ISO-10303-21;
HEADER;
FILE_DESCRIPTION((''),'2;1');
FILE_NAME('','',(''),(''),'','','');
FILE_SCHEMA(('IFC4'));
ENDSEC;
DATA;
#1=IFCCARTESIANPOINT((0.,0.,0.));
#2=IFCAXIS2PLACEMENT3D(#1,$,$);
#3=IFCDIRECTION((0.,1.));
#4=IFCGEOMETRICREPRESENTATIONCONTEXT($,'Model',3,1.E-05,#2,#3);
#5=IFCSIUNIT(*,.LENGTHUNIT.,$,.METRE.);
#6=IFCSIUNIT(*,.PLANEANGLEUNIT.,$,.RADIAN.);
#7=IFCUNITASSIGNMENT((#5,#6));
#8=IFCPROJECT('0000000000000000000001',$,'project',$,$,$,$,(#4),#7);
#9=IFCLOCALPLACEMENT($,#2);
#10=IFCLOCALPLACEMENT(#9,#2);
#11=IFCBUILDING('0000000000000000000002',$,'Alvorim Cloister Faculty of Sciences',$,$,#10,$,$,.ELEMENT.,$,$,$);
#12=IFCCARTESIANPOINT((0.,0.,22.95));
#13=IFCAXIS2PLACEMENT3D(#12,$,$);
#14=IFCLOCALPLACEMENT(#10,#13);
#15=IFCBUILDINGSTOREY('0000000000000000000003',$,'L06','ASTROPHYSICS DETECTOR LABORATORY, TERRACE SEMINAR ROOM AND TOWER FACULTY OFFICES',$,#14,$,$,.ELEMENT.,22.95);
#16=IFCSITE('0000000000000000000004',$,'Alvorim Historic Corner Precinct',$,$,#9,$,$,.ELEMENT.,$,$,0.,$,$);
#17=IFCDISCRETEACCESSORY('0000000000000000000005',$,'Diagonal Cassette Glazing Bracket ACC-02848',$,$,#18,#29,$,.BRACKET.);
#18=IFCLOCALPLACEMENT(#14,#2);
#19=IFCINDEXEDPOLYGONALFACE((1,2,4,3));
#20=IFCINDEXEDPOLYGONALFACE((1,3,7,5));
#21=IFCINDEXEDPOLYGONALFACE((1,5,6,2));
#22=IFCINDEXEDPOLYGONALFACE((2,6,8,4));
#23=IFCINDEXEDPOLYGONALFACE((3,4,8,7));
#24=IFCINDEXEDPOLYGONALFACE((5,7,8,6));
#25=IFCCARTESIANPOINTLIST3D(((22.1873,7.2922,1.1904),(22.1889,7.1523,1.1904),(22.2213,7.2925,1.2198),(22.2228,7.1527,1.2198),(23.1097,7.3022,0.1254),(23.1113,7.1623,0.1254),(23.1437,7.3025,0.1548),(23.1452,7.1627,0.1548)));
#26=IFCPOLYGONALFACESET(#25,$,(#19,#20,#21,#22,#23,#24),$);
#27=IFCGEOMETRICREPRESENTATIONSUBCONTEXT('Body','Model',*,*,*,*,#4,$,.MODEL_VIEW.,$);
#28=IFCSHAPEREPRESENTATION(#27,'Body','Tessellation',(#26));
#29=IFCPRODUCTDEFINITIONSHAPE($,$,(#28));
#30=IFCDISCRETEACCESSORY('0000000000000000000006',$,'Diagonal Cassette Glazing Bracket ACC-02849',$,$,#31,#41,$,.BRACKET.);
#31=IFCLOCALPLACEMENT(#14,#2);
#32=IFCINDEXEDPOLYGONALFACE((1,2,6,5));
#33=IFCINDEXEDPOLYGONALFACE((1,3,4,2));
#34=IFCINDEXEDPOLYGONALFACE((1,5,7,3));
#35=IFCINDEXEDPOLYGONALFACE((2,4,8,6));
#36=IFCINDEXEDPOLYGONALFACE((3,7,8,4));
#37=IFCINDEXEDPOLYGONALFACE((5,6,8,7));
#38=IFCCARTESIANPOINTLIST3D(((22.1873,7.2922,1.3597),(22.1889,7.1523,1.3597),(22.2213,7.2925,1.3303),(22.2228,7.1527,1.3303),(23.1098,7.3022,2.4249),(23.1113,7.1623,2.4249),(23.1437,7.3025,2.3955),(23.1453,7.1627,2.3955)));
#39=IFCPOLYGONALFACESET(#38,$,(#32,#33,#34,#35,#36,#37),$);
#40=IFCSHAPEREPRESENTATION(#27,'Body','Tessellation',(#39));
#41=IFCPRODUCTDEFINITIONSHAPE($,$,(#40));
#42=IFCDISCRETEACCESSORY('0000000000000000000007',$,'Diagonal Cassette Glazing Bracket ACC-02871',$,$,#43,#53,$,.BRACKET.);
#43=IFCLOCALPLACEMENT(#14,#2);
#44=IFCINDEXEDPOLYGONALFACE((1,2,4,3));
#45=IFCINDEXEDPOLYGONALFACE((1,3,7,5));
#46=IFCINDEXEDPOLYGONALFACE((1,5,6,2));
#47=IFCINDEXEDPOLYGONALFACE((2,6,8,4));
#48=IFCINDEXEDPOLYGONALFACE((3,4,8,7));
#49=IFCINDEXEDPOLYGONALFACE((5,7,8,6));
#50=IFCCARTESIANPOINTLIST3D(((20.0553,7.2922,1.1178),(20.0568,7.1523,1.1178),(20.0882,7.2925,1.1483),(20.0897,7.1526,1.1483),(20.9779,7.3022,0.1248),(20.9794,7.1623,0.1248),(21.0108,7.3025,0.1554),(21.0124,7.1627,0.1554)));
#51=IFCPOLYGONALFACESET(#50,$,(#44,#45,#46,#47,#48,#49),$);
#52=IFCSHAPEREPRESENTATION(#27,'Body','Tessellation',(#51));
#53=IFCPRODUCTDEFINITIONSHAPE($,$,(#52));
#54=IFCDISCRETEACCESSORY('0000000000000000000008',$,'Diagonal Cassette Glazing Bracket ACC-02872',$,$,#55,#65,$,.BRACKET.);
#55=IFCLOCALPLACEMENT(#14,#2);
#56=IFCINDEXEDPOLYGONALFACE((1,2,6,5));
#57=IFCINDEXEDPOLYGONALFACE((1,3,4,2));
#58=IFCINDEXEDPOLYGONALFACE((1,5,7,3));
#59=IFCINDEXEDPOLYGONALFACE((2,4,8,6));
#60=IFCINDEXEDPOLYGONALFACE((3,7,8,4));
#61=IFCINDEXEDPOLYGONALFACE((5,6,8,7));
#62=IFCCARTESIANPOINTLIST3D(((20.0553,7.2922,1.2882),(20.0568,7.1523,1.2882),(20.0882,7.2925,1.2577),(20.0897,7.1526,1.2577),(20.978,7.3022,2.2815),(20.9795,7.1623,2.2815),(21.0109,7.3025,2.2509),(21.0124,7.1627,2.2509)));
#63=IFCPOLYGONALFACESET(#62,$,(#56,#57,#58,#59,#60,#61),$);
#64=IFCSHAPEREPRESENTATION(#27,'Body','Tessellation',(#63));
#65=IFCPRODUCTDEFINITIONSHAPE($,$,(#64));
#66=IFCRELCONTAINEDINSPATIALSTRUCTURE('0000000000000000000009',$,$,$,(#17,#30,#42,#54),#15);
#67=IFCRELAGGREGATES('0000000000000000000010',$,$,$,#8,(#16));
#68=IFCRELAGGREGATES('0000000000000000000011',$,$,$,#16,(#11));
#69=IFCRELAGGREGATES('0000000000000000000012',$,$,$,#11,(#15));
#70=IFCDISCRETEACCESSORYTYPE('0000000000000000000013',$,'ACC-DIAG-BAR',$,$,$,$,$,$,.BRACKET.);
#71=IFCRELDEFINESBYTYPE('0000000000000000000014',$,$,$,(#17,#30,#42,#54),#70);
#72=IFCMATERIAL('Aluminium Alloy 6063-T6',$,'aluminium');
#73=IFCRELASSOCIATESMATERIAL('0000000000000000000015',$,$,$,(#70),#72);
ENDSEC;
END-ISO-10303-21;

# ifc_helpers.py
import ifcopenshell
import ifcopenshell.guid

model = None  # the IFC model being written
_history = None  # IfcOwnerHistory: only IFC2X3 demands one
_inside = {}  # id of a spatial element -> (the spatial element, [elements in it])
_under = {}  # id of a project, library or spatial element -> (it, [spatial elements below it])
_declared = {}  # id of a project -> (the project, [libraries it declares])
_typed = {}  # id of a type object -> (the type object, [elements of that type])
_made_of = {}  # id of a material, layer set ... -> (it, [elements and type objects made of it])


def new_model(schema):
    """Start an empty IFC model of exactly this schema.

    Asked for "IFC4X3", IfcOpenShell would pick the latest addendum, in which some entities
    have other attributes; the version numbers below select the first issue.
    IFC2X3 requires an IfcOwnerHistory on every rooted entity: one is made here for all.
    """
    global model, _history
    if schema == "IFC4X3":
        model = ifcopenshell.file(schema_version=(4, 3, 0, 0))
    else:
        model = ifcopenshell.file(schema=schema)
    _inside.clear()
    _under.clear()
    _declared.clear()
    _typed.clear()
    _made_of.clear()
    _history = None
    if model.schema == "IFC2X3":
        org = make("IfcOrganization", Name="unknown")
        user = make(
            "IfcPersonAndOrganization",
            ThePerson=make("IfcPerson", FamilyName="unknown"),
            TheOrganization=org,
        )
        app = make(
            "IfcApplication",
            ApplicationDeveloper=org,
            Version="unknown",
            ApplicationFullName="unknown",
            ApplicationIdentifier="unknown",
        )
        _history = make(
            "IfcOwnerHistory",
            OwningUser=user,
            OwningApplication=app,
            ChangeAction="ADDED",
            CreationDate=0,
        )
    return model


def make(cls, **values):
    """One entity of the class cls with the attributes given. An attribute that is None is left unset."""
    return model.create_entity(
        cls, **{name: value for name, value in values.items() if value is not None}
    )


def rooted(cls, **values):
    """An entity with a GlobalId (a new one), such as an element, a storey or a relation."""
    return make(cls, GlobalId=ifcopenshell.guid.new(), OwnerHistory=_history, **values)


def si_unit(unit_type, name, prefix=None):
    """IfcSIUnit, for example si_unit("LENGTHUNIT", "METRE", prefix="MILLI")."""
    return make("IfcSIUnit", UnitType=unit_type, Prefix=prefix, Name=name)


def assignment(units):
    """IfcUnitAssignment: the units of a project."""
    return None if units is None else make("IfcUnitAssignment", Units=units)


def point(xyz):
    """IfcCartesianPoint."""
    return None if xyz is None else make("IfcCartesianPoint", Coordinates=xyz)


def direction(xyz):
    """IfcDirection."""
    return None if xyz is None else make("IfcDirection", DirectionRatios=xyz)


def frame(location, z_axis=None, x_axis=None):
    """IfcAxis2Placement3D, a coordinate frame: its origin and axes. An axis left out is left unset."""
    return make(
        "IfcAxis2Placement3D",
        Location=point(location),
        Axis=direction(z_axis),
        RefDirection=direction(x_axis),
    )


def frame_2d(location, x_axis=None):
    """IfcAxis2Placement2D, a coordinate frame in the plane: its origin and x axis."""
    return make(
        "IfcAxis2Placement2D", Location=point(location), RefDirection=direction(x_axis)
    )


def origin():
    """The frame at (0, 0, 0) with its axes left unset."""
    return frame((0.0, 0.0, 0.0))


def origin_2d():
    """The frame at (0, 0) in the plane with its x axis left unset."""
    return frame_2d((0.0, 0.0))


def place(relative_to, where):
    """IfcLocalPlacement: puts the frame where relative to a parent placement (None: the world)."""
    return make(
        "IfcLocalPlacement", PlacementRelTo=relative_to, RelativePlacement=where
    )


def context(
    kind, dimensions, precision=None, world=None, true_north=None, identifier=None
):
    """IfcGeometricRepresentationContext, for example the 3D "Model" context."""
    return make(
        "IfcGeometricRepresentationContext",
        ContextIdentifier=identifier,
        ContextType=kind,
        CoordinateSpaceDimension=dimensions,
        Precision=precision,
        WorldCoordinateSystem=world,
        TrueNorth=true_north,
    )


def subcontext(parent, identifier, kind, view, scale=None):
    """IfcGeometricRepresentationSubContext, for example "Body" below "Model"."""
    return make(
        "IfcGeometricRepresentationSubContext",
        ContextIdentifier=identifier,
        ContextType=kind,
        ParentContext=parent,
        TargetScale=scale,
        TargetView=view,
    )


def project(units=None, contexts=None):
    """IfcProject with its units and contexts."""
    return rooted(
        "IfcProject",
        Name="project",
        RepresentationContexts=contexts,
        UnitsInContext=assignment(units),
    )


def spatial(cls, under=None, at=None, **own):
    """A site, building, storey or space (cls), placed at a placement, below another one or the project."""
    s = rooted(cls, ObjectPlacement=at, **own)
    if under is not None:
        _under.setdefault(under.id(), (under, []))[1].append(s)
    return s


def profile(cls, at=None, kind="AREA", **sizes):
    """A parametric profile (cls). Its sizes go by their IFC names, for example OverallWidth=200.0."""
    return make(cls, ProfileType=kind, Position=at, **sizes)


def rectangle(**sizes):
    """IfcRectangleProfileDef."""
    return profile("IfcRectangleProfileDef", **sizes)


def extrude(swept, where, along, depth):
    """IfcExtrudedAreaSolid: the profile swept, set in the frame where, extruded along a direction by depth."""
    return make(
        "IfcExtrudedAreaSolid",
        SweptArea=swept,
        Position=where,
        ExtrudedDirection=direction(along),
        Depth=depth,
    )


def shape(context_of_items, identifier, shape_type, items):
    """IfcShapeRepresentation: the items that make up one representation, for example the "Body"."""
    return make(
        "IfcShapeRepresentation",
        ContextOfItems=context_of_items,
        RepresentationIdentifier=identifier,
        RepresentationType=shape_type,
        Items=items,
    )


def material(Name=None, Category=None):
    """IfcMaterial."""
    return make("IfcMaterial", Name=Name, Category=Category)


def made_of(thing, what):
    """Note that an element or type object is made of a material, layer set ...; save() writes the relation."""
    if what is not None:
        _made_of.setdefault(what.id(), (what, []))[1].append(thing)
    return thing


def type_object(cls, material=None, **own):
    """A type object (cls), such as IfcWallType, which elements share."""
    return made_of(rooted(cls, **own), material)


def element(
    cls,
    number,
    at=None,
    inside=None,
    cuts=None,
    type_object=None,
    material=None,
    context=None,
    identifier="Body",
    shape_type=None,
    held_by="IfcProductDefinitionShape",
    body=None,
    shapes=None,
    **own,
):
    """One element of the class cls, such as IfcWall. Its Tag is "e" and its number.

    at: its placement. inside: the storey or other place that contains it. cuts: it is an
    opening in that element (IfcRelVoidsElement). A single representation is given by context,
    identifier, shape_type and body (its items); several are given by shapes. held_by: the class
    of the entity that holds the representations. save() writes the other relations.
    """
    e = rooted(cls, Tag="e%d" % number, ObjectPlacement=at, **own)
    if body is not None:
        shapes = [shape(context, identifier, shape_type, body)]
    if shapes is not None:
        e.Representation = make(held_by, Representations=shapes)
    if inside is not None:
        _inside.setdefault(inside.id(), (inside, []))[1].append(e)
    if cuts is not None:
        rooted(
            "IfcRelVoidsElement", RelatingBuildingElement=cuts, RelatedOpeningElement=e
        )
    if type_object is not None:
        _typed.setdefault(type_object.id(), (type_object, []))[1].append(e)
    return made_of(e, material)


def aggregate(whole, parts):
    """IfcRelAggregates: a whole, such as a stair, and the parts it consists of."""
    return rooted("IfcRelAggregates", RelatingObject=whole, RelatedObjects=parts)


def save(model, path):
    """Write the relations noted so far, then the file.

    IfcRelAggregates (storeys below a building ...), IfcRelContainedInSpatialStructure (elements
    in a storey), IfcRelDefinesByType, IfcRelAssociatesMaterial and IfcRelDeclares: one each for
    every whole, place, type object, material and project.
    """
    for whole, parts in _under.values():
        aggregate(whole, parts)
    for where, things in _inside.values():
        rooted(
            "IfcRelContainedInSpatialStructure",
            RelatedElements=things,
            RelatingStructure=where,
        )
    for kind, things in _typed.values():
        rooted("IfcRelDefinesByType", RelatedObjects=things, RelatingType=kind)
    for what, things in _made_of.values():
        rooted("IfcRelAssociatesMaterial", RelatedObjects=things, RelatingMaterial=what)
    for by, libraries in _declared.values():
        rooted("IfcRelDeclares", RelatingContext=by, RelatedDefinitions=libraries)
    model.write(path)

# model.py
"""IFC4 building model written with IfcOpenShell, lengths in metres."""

from ifc_helpers import new_model, si_unit, direction, frame, origin, origin_2d, place, context, subcontext, project, spatial, rectangle, extrude, material, type_object, element, save


model = new_model("IFC4")

# Units and contexts
model_context = context("Model", 3, precision=1e-05, world=origin(), true_north=direction((0.0, 1.0)))
body_context = subcontext(model_context, "Body", "Model", "MODEL_VIEW")
ifc_project = project(units=[si_unit("LENGTHUNIT", "METRE"), si_unit("PLANEANGLEUNIT", "RADIAN")], contexts=[model_context])

# Site, building, storey
site_placement = place(None, origin())
site = spatial("IfcSite", under=ifc_project, at=site_placement, Name="Alvorim Historic Corner Precinct", CompositionType="ELEMENT", RefElevation=0.0)
building_placement = place(site_placement, origin())
building = spatial("IfcBuilding", under=site, at=building_placement, Name="Alvorim Cloister Faculty of Sciences", CompositionType="ELEMENT")
storey_placement = place(building_placement, frame((0.0, 0.0, 22.95)))
storey = spatial("IfcBuildingStorey", under=building, at=storey_placement, Name="L06", Description="ASTROPHYSICS DETECTOR LABORATORY, TERRACE SEMINAR ROOM AND TOWER FACULTY OFFICES", CompositionType="ELEMENT", Elevation=22.95)

# Shared definitions
ifc_material_1 = material(Name="Aluminium Alloy 6063-T6", Category="aluminium")

# Discrete accessories
discrete_accessory_type = type_object("IfcDiscreteAccessoryType", Name="ACC-DIAG-BAR", PredefinedType="BRACKET", material=ifc_material_1)
discrete_accessory_1_placement = place(storey_placement, frame((22.2051, 7.2224, 1.2051), z_axis=(0.654676, 0.007105, -0.755876), x_axis=(-0.010852, 0.999941, 0.0)))
element("IfcDiscreteAccessory", 1, at=discrete_accessory_1_placement, inside=storey, type_object=discrete_accessory_type, Name="Diagonal Cassette Glazing Bracket ACC-02848", PredefinedType="BRACKET", context=body_context, shape_type="SweptSolid", body=[
    extrude(rectangle(XDim=0.1399, YDim=0.0449, at=origin_2d()), origin(), (0.0, 0.0, 1.0), 1.4089),
])
discrete_accessory_2_placement = place(storey_placement, frame((22.2051, 7.2224, 1.345), z_axis=(0.654591, 0.007104, 0.75595), x_axis=(-0.010852, 0.999941, 0.0)))
element("IfcDiscreteAccessory", 2, at=discrete_accessory_2_placement, inside=storey, type_object=discrete_accessory_type, Name="Diagonal Cassette Glazing Bracket ACC-02849", PredefinedType="BRACKET", context=body_context, shape_type="SweptSolid", body=[
    extrude(rectangle(XDim=0.1399, YDim=0.0449, at=origin_2d()), origin(), (0.0, 0.0, 1.0), 1.4092),
])
discrete_accessory_3_placement = place(storey_placement, frame((20.0725, 7.2224, 1.1331), z_axis=(0.680674, 0.007385, -0.732549), x_axis=(-0.010849, 0.999941, 0.0)))
element("IfcDiscreteAccessory", 3, at=discrete_accessory_3_placement, inside=storey, type_object=discrete_accessory_type, Name="Diagonal Cassette Glazing Bracket ACC-02871", PredefinedType="BRACKET", context=body_context, shape_type="SweptSolid", body=[
    extrude(rectangle(XDim=0.1399, YDim=0.0449, at=origin_2d()), origin(), (0.0, 0.0, 1.0), 1.3555),
])
discrete_accessory_4_placement = place(storey_placement, frame((20.0725, 7.2224, 1.2729), z_axis=(0.680585, 0.007384, 0.732632), x_axis=(-0.010849, 0.999941, 0.0)))
element("IfcDiscreteAccessory", 4, at=discrete_accessory_4_placement, inside=storey, type_object=discrete_accessory_type, Name="Diagonal Cassette Glazing Bracket ACC-02872", PredefinedType="BRACKET", context=body_context, shape_type="SweptSolid", body=[
    extrude(rectangle(XDim=0.1399, YDim=0.0449, at=origin_2d()), origin(), (0.0, 0.0, 1.0), 1.3557),
])

save(model, "model.ifc")
